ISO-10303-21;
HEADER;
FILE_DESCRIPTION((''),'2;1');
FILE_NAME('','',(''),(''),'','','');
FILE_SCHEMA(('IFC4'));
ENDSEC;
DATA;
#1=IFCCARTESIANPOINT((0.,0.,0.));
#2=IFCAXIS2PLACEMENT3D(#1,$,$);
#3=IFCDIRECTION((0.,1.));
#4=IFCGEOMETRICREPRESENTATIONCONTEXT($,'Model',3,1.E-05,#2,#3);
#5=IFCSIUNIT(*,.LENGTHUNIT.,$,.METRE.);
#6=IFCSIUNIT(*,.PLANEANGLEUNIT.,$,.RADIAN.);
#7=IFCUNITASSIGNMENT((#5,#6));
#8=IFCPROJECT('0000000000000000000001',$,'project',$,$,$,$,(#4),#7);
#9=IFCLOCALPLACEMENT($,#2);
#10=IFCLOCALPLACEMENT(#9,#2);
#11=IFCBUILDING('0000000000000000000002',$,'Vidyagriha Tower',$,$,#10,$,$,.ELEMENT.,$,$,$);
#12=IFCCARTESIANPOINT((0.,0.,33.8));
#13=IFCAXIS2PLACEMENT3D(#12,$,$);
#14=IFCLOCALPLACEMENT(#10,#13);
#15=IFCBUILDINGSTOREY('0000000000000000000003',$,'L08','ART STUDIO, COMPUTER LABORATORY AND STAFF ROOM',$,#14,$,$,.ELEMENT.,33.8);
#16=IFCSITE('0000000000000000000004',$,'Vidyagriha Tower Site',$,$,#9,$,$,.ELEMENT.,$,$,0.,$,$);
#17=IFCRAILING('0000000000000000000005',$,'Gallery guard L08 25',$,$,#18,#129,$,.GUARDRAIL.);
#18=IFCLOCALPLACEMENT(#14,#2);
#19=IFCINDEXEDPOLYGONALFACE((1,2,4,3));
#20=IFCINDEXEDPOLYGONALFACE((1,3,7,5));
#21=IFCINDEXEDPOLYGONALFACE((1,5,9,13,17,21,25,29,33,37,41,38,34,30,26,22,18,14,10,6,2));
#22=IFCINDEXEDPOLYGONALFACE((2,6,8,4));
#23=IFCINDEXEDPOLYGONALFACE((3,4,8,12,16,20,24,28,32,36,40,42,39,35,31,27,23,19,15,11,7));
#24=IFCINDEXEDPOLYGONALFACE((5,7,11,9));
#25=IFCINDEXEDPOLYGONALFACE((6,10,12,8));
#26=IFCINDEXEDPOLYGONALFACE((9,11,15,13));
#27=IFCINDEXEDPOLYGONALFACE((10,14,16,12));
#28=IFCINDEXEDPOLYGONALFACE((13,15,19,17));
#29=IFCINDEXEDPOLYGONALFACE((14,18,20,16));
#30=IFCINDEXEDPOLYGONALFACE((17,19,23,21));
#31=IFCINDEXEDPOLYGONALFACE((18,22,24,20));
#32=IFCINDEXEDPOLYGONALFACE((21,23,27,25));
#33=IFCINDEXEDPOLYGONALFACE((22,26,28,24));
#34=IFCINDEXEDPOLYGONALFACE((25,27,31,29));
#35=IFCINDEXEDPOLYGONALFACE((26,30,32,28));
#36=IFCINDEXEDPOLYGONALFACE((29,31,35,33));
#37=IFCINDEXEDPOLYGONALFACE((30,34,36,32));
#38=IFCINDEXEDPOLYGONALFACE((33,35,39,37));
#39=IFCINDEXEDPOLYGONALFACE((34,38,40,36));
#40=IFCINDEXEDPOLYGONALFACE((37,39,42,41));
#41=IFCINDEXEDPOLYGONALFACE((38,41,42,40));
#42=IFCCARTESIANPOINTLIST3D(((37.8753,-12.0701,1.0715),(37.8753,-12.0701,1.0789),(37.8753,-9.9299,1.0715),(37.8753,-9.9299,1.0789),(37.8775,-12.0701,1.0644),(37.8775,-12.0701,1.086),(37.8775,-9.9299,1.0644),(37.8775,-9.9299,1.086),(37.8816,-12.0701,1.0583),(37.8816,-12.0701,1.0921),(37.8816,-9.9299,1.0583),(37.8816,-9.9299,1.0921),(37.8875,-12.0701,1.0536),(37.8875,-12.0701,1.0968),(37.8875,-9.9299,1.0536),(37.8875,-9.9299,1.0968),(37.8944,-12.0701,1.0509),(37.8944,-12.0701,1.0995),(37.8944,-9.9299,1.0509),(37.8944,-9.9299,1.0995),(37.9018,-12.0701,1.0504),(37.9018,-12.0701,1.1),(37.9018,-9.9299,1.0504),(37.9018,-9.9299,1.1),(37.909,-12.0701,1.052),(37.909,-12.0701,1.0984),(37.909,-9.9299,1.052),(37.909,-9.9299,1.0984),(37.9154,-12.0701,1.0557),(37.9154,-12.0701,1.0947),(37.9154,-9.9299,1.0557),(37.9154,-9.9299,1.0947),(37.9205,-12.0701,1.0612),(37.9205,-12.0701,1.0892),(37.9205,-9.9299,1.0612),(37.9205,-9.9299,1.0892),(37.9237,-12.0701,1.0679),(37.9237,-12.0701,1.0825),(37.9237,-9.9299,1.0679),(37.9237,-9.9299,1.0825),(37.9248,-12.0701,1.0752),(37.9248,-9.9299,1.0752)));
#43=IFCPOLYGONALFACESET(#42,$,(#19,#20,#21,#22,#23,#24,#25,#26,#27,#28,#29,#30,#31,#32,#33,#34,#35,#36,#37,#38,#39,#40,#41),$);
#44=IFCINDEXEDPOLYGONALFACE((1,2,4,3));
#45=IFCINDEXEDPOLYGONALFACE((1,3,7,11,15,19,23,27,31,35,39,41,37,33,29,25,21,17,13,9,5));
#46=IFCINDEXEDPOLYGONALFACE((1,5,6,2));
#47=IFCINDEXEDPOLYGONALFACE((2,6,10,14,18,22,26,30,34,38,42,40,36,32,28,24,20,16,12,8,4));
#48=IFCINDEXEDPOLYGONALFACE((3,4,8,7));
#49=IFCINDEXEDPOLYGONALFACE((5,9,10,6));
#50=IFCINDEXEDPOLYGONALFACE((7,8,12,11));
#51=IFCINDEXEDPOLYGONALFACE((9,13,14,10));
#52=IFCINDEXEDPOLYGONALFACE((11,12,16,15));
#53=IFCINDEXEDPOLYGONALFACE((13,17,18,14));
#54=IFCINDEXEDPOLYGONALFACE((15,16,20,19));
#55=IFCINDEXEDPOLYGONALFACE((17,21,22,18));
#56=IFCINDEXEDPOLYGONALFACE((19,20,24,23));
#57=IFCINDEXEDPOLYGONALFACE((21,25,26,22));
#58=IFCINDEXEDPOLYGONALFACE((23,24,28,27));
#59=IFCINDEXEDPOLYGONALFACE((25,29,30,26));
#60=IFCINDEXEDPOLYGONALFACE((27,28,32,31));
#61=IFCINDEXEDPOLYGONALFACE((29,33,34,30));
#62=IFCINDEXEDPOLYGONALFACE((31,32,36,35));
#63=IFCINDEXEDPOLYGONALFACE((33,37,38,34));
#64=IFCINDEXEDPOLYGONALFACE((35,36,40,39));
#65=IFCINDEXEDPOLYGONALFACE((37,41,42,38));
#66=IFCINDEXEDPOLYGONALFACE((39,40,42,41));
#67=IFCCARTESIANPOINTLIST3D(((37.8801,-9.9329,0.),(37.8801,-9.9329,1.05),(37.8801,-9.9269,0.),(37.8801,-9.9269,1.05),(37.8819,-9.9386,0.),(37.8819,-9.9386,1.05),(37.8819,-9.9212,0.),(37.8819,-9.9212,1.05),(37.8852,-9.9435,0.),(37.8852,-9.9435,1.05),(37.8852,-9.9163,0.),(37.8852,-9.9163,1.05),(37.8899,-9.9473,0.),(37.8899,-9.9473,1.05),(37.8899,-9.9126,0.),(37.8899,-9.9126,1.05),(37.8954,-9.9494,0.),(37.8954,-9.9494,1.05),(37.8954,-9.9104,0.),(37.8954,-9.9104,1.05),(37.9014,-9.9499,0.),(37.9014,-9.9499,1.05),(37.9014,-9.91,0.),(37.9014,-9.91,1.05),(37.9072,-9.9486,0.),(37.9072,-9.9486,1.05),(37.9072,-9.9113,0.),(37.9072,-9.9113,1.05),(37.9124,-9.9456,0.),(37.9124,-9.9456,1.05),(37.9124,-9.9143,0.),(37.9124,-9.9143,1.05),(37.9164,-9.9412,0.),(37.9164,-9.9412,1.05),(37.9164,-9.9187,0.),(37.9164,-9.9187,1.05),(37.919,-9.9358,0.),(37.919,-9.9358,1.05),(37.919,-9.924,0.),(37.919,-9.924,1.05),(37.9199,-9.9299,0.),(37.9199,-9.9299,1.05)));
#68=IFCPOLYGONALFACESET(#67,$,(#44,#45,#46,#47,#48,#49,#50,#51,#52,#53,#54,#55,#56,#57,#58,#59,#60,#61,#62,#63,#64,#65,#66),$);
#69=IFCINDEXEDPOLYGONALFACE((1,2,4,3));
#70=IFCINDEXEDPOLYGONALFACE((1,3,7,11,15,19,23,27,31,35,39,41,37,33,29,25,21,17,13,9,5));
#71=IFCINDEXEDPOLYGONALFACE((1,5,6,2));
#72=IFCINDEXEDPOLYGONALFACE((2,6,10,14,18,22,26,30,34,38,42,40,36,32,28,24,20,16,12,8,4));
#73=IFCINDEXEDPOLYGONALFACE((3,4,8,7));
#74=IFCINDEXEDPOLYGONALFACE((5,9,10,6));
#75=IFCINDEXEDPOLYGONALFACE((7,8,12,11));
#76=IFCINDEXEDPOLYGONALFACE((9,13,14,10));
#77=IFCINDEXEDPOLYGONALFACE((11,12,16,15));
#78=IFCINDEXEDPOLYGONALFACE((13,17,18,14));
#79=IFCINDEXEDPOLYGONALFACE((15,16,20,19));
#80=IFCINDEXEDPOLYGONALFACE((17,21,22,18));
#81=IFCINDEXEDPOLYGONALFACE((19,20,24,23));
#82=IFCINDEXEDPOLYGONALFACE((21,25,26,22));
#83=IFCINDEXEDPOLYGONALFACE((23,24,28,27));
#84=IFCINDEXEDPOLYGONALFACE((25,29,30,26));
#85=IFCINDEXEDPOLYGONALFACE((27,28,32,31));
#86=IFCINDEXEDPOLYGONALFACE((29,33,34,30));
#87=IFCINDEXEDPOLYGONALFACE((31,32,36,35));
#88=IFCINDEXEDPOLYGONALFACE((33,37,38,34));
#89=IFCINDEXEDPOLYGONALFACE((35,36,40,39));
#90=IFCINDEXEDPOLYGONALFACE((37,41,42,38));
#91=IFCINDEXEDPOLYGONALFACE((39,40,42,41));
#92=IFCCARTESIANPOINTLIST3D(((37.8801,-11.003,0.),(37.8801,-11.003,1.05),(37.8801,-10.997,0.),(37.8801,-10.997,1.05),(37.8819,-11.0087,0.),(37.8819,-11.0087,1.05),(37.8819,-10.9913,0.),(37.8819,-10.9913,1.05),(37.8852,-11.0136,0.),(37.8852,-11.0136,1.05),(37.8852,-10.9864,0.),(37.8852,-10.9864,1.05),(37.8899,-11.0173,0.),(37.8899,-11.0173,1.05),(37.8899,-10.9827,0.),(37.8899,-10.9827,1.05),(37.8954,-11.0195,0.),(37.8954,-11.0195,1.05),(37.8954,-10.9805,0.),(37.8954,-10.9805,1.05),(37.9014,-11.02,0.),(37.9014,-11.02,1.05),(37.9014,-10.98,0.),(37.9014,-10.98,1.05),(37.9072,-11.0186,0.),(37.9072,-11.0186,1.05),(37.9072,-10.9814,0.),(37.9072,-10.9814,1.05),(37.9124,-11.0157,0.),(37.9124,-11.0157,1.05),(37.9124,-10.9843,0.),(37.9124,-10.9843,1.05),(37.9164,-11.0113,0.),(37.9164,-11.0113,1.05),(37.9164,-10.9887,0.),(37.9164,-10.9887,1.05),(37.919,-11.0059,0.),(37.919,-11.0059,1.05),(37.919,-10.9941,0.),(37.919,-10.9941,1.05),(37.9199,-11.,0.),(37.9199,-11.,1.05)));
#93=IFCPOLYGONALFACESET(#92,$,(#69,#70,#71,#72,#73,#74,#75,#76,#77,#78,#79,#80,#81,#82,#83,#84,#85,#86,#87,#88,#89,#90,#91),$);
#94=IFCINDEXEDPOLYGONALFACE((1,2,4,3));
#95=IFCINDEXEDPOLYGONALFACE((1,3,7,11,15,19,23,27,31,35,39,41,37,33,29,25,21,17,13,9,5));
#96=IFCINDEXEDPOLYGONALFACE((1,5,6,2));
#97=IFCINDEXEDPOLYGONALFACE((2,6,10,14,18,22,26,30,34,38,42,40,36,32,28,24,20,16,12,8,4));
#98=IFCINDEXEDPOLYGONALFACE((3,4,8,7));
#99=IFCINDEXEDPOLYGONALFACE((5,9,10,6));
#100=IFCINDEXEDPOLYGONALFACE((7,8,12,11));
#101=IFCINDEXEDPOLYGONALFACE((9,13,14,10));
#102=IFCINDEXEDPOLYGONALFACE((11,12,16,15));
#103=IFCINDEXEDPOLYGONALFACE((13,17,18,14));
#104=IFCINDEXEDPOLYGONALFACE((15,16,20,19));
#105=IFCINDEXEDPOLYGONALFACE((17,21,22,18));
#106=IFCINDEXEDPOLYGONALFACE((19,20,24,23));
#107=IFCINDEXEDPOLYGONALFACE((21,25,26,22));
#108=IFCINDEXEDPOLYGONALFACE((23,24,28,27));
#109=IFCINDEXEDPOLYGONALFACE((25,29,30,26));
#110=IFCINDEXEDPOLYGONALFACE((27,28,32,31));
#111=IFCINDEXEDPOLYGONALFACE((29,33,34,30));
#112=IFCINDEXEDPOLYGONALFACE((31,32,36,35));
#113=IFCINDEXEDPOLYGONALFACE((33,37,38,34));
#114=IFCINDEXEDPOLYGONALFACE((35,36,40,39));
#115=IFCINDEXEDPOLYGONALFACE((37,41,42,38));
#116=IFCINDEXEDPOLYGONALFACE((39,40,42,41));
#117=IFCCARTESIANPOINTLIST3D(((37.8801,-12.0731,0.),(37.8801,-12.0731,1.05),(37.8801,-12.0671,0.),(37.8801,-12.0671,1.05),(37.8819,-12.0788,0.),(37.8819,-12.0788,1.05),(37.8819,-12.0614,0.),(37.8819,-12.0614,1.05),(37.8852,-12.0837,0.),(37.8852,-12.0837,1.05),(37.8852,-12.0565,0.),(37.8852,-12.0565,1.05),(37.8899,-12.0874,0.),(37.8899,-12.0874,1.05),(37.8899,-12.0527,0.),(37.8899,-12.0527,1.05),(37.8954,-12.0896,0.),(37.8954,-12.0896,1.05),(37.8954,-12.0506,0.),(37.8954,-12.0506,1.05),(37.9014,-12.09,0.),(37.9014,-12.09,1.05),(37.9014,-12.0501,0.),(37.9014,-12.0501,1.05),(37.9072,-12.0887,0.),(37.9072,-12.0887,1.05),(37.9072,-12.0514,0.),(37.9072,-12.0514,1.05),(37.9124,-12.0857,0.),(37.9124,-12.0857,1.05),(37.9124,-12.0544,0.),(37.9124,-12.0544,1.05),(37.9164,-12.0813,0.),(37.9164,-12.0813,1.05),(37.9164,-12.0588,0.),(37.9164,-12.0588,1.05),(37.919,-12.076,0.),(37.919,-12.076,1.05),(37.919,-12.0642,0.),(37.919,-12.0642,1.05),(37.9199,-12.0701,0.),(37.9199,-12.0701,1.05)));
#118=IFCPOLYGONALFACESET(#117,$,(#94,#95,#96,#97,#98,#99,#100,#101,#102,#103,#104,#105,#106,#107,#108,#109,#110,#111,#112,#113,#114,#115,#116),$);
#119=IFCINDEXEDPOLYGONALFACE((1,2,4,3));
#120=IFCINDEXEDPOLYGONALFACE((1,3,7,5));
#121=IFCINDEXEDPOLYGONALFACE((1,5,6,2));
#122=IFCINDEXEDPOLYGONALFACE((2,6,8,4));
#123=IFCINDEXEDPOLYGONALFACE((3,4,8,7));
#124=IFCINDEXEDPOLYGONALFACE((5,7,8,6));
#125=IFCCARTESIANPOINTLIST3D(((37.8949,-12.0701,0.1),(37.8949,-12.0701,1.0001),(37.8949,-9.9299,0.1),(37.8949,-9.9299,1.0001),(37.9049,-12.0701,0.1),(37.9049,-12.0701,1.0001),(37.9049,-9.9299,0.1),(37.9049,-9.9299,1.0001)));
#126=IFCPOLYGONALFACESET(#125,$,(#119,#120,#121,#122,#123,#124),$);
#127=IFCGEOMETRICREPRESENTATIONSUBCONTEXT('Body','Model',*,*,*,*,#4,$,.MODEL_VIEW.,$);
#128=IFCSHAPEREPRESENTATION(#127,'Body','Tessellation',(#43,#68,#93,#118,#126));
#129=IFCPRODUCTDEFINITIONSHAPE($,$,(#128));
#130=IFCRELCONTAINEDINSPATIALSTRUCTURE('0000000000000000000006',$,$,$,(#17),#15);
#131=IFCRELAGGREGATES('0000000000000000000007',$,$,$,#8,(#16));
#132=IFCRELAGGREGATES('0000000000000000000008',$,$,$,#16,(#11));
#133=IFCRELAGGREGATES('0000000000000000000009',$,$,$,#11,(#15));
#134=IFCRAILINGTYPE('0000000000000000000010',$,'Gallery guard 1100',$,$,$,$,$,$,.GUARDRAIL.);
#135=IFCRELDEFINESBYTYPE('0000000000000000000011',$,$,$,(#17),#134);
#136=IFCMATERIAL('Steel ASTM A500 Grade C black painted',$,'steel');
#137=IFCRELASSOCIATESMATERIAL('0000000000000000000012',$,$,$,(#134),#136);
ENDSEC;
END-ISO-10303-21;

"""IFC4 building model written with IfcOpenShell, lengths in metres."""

from ifc_helpers import new_model, si_unit, direction, frame, origin, origin_2d, place, context, subcontext, project, spatial, rectangle, circle, extrude, material, type_object, element, save


model = new_model("IFC4")

# Units and contexts
model_context = context("Model", 3, precision=1e-05, world=origin(), true_north=direction((0.0, 1.0)))
body_context = subcontext(model_context, "Body", "Model", "MODEL_VIEW")
ifc_project = project(units=[si_unit("LENGTHUNIT", "METRE"), si_unit("PLANEANGLEUNIT", "RADIAN")], contexts=[model_context])

# Site, building, storey
site_placement = place(None, origin())
site = spatial("IfcSite", under=ifc_project, at=site_placement, Name="Vidyagriha Tower Site", CompositionType="ELEMENT", RefElevation=0.0)
building_placement = place(site_placement, origin())
building = spatial("IfcBuilding", under=site, at=building_placement, Name="Vidyagriha Tower", CompositionType="ELEMENT")
storey_placement = place(building_placement, frame((0.0, 0.0, 33.8)))
storey = spatial("IfcBuildingStorey", under=building, at=storey_placement, Name="L08", Description="ART STUDIO, COMPUTER LABORATORY AND STAFF ROOM", CompositionType="ELEMENT", Elevation=33.8)

# Railing
ifc_material_1 = material(Name="Steel ASTM A500 Grade C black painted", Category="steel")
railing_type = type_object("IfcRailingType", Name="Gallery guard 1100", PredefinedType="GUARDRAIL", material=ifc_material_1)
railing_1_placement = place(storey_placement, frame((37.8999, -9.9299, 0.0)))
element("IfcRailing", 1, at=railing_1_placement, inside=storey, type_object=railing_type, Name="Gallery guard L08 25", PredefinedType="GUARDRAIL", context=body_context, shape_type="SweptSolid", body=[
    extrude(circle(Radius=0.0249, at=origin_2d()), frame((0.0, 0.0, 1.0752), z_axis=(0.0, -1.0, 0.0), x_axis=(1.0, 0.0, 0.0)), (0.0, 0.0, 1.0), 2.1401),
    extrude(circle(Radius=0.02, at=origin_2d()), origin(), (0.0, 0.0, 1.0), 1.05),
    extrude(circle(Radius=0.02, at=origin_2d()), frame((0.0, -1.0701, 0.0)), (0.0, 0.0, 1.0), 1.05),
    extrude(circle(Radius=0.02, at=origin_2d()), frame((0.0, -2.1401, 0.0)), (0.0, 0.0, 1.0), 1.05),
    extrude(rectangle(XDim=0.01, YDim=0.9001, at=origin_2d()), frame((0.0, 0.0, 0.55), z_axis=(0.0, -1.0, 0.0), x_axis=(1.0, 0.0, 0.0)), (0.0, 0.0, 1.0), 2.1401),
])

save(model, "model.ifc")
